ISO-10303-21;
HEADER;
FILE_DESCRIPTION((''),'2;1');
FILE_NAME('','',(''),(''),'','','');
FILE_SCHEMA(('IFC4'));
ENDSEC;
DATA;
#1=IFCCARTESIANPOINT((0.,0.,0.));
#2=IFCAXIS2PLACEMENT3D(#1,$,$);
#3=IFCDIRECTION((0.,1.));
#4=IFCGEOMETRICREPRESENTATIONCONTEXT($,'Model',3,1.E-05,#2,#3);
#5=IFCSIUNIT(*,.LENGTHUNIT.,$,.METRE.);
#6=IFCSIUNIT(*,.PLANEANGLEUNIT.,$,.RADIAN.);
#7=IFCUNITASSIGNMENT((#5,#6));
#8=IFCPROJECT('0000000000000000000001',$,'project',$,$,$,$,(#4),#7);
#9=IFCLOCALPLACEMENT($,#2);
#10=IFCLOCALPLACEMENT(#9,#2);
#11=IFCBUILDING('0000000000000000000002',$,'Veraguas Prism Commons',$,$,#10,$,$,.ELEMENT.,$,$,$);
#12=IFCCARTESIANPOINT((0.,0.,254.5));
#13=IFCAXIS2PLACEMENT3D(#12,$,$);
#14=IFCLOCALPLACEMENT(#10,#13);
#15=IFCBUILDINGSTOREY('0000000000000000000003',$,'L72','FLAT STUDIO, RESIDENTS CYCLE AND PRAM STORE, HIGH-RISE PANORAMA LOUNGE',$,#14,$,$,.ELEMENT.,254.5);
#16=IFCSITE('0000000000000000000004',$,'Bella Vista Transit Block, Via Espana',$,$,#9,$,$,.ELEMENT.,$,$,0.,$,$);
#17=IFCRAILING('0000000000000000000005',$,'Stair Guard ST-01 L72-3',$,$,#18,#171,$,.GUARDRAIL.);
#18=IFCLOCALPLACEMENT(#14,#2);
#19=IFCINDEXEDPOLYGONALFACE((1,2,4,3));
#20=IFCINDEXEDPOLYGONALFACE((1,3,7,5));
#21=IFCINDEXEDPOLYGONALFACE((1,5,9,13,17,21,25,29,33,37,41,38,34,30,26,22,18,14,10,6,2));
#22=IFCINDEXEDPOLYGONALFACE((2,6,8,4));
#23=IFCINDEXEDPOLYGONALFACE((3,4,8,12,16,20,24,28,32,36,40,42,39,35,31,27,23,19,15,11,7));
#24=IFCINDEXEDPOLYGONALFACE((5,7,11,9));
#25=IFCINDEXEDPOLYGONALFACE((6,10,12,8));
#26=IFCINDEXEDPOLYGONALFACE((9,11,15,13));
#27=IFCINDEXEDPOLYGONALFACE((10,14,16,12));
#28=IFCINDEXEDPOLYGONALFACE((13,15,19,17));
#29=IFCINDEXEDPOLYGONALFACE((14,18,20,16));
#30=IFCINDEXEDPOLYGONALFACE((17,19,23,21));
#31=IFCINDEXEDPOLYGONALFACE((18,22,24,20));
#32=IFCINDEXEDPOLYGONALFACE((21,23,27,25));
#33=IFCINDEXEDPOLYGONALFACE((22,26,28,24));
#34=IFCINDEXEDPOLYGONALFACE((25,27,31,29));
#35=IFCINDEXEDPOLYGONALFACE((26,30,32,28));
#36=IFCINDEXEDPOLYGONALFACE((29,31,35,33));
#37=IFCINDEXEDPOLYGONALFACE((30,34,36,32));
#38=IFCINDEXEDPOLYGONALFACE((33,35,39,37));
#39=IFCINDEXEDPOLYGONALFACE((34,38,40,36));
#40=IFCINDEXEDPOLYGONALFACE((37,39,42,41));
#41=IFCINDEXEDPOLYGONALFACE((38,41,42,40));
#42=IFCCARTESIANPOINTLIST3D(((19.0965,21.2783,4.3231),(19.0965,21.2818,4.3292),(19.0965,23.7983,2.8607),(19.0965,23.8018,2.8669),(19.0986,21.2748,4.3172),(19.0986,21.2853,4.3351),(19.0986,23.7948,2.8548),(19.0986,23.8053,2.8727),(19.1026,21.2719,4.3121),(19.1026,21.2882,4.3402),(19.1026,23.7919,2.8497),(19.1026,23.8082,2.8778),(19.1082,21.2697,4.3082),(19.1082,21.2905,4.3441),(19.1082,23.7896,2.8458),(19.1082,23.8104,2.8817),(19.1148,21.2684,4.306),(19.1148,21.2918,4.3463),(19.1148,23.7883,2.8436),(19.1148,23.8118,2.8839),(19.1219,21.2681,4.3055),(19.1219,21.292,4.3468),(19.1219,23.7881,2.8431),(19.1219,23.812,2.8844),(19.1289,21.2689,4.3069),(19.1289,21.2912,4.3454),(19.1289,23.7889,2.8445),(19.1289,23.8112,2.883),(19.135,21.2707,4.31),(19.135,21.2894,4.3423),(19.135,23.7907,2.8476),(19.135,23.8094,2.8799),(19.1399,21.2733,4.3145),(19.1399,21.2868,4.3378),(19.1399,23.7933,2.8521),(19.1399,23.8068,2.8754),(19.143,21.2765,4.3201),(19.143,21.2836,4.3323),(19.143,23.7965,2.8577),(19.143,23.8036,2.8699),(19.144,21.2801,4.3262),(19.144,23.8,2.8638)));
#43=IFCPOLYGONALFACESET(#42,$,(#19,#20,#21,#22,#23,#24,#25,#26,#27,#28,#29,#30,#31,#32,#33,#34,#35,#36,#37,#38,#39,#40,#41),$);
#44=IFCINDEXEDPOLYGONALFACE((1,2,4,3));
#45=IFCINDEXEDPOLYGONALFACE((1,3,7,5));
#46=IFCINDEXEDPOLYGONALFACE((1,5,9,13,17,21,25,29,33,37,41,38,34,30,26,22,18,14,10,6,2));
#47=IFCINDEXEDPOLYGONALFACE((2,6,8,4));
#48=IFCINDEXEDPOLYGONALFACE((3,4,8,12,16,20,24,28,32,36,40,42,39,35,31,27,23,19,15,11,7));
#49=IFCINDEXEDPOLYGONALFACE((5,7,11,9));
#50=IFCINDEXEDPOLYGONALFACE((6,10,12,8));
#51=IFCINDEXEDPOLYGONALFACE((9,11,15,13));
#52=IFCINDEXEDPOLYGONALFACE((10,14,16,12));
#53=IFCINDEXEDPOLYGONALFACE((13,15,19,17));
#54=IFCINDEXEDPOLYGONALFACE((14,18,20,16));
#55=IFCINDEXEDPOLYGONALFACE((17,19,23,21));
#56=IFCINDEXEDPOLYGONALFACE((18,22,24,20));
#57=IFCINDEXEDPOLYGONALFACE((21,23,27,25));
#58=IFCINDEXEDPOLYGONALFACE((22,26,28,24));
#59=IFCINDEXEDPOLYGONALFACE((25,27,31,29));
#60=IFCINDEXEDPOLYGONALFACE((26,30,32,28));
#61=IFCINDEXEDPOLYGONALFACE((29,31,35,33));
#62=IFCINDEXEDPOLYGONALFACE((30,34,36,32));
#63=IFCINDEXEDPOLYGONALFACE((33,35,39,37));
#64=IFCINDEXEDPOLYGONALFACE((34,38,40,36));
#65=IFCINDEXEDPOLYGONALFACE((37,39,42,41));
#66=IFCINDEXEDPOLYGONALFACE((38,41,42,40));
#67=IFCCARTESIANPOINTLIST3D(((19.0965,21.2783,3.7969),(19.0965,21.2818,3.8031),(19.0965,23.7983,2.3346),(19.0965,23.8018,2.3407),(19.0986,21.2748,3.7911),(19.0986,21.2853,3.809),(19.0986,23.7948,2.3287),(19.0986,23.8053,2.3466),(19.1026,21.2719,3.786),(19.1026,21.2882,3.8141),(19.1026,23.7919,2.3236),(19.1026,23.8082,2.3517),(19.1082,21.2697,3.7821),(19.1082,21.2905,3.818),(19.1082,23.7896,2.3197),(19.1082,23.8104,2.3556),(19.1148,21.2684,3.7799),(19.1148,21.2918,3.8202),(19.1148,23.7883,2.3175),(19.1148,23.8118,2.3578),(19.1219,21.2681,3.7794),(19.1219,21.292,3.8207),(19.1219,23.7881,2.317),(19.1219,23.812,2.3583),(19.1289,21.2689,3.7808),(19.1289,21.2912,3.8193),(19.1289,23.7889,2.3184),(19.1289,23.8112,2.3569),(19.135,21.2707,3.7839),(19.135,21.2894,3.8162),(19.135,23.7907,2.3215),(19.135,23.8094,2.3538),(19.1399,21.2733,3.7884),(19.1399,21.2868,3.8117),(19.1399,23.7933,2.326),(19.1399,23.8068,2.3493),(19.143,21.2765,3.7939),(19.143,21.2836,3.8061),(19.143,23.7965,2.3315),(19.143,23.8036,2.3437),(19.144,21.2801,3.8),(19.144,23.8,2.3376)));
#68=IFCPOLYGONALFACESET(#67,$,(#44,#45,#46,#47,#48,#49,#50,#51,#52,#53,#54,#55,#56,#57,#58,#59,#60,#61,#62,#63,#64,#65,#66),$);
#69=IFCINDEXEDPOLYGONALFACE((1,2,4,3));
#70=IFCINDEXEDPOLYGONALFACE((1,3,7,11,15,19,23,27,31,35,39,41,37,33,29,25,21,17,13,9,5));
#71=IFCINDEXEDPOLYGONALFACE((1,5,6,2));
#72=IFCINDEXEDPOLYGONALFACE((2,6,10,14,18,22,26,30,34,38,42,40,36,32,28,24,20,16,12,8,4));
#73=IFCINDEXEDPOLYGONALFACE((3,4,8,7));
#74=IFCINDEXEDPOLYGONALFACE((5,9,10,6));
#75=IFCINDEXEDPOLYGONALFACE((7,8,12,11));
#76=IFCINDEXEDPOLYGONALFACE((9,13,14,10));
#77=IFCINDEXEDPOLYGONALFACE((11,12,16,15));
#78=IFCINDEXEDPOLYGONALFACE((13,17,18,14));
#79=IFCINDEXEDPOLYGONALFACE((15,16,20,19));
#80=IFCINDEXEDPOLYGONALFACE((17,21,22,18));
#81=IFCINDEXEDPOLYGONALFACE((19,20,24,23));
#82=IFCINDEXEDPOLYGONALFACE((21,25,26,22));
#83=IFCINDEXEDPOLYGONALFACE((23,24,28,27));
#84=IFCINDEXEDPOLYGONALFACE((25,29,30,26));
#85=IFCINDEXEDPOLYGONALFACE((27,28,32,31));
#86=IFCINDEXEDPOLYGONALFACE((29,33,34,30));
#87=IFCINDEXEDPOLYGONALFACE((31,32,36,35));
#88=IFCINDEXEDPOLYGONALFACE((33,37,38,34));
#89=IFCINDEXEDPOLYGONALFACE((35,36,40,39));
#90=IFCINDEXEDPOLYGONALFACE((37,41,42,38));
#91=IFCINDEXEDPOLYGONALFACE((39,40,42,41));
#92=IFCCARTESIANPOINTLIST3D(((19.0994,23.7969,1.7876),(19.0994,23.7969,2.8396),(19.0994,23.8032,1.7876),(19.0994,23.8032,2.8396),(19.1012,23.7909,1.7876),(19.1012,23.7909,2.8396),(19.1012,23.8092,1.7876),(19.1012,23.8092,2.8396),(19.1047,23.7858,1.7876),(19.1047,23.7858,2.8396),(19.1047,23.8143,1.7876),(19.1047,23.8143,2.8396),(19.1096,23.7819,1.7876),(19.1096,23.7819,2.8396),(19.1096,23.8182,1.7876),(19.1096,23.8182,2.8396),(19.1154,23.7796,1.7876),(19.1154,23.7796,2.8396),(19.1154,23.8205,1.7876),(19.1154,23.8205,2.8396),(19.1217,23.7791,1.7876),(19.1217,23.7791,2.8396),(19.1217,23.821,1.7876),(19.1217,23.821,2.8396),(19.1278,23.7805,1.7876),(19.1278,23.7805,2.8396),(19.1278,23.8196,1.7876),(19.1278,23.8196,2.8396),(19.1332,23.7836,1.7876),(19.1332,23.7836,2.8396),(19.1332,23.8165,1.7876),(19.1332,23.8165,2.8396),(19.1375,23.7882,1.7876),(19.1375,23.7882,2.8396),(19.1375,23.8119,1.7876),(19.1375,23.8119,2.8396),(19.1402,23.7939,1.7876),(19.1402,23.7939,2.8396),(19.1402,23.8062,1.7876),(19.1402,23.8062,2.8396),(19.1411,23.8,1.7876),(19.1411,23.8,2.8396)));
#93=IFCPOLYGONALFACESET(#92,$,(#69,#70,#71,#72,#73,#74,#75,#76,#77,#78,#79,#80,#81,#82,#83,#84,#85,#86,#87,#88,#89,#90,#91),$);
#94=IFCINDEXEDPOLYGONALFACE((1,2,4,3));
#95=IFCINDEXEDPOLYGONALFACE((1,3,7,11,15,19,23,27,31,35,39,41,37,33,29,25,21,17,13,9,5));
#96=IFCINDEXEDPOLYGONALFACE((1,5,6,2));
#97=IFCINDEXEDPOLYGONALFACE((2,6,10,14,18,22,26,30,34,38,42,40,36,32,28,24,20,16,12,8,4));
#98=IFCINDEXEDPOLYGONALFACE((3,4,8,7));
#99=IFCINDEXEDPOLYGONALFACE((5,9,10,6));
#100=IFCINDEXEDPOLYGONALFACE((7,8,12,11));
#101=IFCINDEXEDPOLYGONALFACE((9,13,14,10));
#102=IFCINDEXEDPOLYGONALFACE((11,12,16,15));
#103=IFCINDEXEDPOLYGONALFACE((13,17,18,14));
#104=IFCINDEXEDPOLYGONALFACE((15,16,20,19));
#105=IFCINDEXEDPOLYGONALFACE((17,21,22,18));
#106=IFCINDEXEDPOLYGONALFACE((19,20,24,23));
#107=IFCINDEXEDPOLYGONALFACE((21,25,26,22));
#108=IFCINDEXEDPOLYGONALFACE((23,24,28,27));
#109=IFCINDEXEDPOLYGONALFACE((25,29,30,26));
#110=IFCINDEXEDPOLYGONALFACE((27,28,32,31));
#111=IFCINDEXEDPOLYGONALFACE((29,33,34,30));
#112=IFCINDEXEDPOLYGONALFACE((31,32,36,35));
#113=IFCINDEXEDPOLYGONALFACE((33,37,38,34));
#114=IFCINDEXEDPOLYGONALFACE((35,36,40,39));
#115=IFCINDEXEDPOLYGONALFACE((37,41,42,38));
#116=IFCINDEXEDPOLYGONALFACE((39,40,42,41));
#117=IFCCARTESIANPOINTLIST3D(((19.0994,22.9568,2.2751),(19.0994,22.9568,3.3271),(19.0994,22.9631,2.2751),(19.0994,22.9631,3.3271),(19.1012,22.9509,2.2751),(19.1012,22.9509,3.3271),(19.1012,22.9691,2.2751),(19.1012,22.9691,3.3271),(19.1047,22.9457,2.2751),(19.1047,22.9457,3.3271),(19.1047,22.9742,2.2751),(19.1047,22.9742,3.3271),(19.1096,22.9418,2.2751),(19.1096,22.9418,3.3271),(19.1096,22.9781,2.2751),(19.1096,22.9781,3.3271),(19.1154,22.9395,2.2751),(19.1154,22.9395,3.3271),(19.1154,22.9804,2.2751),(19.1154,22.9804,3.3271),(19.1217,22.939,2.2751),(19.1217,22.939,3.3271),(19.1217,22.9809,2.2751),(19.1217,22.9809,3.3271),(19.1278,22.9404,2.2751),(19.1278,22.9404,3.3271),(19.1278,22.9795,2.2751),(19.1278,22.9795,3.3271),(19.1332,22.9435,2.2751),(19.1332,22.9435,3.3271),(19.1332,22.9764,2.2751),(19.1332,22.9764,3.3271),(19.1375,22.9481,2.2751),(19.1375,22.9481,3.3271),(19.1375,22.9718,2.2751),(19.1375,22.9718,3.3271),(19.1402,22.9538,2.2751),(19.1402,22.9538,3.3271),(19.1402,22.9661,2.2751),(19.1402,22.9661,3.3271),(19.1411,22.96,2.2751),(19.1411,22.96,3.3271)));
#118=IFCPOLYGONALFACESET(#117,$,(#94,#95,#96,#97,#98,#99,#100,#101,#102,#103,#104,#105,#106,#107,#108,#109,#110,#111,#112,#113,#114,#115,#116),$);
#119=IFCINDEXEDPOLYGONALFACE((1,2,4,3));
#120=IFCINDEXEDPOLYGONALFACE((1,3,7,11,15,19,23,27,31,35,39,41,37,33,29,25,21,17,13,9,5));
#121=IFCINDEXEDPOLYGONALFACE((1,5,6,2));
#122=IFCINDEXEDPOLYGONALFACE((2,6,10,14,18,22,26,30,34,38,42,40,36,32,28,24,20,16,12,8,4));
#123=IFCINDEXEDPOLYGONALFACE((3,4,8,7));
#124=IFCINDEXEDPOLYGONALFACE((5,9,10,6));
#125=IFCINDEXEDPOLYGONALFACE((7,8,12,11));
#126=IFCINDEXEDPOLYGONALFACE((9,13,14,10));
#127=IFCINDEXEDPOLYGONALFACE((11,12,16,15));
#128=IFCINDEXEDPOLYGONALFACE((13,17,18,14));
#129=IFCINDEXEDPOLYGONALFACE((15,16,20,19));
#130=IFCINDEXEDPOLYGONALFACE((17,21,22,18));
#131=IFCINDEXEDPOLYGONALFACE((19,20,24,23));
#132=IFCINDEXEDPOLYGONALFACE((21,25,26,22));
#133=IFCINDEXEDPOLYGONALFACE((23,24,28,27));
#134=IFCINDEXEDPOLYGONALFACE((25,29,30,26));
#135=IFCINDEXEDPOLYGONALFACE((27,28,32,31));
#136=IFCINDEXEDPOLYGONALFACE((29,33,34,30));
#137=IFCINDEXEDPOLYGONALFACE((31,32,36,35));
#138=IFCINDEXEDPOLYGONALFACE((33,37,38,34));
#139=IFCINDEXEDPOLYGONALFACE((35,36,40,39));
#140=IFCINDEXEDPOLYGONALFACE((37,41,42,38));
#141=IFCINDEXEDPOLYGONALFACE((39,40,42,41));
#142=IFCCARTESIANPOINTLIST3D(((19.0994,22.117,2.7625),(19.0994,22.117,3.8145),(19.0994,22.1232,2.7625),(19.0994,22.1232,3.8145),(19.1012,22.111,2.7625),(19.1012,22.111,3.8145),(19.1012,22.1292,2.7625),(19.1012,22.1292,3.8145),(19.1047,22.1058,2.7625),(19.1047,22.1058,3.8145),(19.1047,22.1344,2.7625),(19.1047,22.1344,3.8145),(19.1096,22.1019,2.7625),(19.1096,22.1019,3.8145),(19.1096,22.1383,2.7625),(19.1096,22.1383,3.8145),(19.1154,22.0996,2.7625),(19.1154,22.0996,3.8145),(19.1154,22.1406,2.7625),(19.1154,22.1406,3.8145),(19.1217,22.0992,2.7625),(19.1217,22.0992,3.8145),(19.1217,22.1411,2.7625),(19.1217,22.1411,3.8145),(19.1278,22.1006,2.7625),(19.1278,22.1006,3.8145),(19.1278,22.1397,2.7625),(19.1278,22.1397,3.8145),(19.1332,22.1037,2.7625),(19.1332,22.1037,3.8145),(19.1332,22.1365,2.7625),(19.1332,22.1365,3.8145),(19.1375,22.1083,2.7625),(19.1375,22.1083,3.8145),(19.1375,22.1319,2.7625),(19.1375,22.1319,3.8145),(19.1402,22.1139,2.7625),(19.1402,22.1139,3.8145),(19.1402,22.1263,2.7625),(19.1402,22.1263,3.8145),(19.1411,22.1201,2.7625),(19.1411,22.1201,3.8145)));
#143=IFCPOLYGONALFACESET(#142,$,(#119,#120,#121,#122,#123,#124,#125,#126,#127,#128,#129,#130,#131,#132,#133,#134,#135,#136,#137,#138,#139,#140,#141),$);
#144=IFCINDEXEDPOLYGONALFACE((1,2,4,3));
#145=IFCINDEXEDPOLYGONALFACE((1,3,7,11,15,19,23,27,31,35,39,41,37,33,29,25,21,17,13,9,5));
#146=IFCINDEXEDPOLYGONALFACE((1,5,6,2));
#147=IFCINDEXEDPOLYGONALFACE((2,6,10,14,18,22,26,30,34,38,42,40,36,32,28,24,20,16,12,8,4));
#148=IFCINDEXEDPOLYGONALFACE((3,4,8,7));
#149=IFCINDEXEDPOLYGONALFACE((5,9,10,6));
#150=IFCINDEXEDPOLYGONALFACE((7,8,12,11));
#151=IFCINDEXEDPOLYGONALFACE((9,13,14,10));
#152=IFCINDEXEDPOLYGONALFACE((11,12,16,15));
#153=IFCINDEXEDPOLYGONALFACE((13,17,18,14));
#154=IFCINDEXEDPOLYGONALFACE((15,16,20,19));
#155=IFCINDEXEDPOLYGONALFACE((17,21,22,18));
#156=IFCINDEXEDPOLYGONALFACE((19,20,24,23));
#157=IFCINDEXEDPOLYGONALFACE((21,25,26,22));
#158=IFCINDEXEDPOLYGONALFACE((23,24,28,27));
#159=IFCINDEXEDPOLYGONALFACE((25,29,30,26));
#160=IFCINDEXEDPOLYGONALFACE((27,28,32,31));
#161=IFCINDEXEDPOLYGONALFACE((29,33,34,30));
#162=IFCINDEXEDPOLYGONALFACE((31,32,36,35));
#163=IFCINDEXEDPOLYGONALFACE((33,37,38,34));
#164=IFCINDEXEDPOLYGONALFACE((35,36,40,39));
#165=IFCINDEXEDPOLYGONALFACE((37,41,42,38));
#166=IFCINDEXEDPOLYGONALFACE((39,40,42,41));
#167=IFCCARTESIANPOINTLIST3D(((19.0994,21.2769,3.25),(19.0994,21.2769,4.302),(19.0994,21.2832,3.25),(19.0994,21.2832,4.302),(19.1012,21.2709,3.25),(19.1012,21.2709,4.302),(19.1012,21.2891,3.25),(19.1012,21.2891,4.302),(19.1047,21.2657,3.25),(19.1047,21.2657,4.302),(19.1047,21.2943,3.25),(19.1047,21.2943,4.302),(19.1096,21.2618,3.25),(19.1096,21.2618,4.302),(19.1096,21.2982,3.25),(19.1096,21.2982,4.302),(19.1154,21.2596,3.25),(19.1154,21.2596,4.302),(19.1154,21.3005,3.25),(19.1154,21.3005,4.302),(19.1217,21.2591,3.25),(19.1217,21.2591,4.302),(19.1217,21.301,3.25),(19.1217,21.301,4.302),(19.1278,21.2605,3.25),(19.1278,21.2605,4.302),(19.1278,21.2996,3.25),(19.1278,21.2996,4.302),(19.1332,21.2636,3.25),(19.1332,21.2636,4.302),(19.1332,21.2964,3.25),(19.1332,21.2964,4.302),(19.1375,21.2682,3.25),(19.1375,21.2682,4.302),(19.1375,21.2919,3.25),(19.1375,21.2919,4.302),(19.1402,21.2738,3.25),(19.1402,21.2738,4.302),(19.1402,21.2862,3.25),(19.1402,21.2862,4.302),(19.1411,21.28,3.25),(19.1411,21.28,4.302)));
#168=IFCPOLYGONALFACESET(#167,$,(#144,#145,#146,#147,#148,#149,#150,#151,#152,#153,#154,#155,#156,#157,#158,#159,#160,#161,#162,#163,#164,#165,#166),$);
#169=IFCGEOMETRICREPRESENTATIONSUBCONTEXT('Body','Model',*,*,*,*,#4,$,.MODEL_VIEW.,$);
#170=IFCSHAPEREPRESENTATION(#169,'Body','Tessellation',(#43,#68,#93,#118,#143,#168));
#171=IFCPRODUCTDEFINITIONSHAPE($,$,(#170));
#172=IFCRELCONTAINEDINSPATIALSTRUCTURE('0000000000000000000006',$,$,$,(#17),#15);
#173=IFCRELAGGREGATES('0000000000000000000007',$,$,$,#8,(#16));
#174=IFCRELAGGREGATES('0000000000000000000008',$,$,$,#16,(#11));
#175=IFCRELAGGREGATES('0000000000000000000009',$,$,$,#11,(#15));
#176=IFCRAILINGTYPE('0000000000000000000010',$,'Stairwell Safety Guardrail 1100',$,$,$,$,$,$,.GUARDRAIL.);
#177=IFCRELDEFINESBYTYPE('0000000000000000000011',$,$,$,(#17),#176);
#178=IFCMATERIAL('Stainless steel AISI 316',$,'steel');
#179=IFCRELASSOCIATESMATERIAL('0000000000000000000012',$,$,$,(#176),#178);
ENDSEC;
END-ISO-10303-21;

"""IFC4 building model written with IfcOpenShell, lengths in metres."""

from ifc_helpers import new_model, si_unit, direction, frame, origin, origin_2d, place, context, subcontext, project, spatial, circle, extrude, material, type_object, element, save


model = new_model("IFC4")

# Units and contexts
model_context = context("Model", 3, precision=1e-05, world=origin(), true_north=direction((0.0, 1.0)))
body_context = subcontext(model_context, "Body", "Model", "MODEL_VIEW")
ifc_project = project(units=[si_unit("LENGTHUNIT", "METRE"), si_unit("PLANEANGLEUNIT", "RADIAN")], contexts=[model_context])

# Site, building, storey
site_placement = place(None, origin())
site = spatial("IfcSite", under=ifc_project, at=site_placement, Name="Bella Vista Transit Block, Via Espana", CompositionType="ELEMENT", RefElevation=0.0)
building_placement = place(site_placement, origin())
building = spatial("IfcBuilding", under=site, at=building_placement, Name="Veraguas Prism Commons", CompositionType="ELEMENT")
storey_placement = place(building_placement, frame((0.0, 0.0, 254.5)))
storey = spatial("IfcBuildingStorey", under=building, at=storey_placement, Name="L72", Description="FLAT STUDIO, RESIDENTS CYCLE AND PRAM STORE, HIGH-RISE PANORAMA LOUNGE", CompositionType="ELEMENT", Elevation=254.5)

# Railing
ifc_material_1 = material(Name="Stainless steel AISI 316", Category="steel")
railing_type_1 = type_object("IfcRailingType", Name="Stairwell Safety Guardrail 1100", PredefinedType="GUARDRAIL", material=ifc_material_1)
railing_1_placement = place(storey_placement, frame((19.1201, 23.8, 1.7876)))
element("IfcRailing", 1, at=railing_1_placement, inside=storey, type_object=railing_type_1, Name="Stair Guard ST-01 L72-3", PredefinedType="GUARDRAIL", context=body_context, shape_type="SweptSolid", body=[
    extrude(circle(Radius=0.0239, at=origin_2d()), frame((0.0, 0.0, 1.0762), z_axis=(0.0, -0.864913, 0.501921), x_axis=(1.0, 0.0, 0.0)), (0.0, 0.0, 1.0), 2.9136),
    extrude(circle(Radius=0.0239, at=origin_2d()), frame((0.0, 0.0, 0.55), z_axis=(0.0, -0.864913, 0.501921), x_axis=(1.0, 0.0, 0.0)), (0.0, 0.0, 1.0), 2.9136),
    extrude(circle(Radius=0.021, at=origin_2d()), origin(), (0.0, 0.0, 1.0), 1.052),
    extrude(circle(Radius=0.021, at=origin_2d()), frame((0.0, -0.8401, 0.4875)), (0.0, 0.0, 1.0), 1.052),
    extrude(circle(Radius=0.021, at=origin_2d()), frame((0.0, -1.6799, 0.9749)), (0.0, 0.0, 1.0), 1.052),
    extrude(circle(Radius=0.021, at=origin_2d()), frame((0.0, -2.52, 1.4624)), (0.0, 0.0, 1.0), 1.052),
])

save(model, "model.ifc")
